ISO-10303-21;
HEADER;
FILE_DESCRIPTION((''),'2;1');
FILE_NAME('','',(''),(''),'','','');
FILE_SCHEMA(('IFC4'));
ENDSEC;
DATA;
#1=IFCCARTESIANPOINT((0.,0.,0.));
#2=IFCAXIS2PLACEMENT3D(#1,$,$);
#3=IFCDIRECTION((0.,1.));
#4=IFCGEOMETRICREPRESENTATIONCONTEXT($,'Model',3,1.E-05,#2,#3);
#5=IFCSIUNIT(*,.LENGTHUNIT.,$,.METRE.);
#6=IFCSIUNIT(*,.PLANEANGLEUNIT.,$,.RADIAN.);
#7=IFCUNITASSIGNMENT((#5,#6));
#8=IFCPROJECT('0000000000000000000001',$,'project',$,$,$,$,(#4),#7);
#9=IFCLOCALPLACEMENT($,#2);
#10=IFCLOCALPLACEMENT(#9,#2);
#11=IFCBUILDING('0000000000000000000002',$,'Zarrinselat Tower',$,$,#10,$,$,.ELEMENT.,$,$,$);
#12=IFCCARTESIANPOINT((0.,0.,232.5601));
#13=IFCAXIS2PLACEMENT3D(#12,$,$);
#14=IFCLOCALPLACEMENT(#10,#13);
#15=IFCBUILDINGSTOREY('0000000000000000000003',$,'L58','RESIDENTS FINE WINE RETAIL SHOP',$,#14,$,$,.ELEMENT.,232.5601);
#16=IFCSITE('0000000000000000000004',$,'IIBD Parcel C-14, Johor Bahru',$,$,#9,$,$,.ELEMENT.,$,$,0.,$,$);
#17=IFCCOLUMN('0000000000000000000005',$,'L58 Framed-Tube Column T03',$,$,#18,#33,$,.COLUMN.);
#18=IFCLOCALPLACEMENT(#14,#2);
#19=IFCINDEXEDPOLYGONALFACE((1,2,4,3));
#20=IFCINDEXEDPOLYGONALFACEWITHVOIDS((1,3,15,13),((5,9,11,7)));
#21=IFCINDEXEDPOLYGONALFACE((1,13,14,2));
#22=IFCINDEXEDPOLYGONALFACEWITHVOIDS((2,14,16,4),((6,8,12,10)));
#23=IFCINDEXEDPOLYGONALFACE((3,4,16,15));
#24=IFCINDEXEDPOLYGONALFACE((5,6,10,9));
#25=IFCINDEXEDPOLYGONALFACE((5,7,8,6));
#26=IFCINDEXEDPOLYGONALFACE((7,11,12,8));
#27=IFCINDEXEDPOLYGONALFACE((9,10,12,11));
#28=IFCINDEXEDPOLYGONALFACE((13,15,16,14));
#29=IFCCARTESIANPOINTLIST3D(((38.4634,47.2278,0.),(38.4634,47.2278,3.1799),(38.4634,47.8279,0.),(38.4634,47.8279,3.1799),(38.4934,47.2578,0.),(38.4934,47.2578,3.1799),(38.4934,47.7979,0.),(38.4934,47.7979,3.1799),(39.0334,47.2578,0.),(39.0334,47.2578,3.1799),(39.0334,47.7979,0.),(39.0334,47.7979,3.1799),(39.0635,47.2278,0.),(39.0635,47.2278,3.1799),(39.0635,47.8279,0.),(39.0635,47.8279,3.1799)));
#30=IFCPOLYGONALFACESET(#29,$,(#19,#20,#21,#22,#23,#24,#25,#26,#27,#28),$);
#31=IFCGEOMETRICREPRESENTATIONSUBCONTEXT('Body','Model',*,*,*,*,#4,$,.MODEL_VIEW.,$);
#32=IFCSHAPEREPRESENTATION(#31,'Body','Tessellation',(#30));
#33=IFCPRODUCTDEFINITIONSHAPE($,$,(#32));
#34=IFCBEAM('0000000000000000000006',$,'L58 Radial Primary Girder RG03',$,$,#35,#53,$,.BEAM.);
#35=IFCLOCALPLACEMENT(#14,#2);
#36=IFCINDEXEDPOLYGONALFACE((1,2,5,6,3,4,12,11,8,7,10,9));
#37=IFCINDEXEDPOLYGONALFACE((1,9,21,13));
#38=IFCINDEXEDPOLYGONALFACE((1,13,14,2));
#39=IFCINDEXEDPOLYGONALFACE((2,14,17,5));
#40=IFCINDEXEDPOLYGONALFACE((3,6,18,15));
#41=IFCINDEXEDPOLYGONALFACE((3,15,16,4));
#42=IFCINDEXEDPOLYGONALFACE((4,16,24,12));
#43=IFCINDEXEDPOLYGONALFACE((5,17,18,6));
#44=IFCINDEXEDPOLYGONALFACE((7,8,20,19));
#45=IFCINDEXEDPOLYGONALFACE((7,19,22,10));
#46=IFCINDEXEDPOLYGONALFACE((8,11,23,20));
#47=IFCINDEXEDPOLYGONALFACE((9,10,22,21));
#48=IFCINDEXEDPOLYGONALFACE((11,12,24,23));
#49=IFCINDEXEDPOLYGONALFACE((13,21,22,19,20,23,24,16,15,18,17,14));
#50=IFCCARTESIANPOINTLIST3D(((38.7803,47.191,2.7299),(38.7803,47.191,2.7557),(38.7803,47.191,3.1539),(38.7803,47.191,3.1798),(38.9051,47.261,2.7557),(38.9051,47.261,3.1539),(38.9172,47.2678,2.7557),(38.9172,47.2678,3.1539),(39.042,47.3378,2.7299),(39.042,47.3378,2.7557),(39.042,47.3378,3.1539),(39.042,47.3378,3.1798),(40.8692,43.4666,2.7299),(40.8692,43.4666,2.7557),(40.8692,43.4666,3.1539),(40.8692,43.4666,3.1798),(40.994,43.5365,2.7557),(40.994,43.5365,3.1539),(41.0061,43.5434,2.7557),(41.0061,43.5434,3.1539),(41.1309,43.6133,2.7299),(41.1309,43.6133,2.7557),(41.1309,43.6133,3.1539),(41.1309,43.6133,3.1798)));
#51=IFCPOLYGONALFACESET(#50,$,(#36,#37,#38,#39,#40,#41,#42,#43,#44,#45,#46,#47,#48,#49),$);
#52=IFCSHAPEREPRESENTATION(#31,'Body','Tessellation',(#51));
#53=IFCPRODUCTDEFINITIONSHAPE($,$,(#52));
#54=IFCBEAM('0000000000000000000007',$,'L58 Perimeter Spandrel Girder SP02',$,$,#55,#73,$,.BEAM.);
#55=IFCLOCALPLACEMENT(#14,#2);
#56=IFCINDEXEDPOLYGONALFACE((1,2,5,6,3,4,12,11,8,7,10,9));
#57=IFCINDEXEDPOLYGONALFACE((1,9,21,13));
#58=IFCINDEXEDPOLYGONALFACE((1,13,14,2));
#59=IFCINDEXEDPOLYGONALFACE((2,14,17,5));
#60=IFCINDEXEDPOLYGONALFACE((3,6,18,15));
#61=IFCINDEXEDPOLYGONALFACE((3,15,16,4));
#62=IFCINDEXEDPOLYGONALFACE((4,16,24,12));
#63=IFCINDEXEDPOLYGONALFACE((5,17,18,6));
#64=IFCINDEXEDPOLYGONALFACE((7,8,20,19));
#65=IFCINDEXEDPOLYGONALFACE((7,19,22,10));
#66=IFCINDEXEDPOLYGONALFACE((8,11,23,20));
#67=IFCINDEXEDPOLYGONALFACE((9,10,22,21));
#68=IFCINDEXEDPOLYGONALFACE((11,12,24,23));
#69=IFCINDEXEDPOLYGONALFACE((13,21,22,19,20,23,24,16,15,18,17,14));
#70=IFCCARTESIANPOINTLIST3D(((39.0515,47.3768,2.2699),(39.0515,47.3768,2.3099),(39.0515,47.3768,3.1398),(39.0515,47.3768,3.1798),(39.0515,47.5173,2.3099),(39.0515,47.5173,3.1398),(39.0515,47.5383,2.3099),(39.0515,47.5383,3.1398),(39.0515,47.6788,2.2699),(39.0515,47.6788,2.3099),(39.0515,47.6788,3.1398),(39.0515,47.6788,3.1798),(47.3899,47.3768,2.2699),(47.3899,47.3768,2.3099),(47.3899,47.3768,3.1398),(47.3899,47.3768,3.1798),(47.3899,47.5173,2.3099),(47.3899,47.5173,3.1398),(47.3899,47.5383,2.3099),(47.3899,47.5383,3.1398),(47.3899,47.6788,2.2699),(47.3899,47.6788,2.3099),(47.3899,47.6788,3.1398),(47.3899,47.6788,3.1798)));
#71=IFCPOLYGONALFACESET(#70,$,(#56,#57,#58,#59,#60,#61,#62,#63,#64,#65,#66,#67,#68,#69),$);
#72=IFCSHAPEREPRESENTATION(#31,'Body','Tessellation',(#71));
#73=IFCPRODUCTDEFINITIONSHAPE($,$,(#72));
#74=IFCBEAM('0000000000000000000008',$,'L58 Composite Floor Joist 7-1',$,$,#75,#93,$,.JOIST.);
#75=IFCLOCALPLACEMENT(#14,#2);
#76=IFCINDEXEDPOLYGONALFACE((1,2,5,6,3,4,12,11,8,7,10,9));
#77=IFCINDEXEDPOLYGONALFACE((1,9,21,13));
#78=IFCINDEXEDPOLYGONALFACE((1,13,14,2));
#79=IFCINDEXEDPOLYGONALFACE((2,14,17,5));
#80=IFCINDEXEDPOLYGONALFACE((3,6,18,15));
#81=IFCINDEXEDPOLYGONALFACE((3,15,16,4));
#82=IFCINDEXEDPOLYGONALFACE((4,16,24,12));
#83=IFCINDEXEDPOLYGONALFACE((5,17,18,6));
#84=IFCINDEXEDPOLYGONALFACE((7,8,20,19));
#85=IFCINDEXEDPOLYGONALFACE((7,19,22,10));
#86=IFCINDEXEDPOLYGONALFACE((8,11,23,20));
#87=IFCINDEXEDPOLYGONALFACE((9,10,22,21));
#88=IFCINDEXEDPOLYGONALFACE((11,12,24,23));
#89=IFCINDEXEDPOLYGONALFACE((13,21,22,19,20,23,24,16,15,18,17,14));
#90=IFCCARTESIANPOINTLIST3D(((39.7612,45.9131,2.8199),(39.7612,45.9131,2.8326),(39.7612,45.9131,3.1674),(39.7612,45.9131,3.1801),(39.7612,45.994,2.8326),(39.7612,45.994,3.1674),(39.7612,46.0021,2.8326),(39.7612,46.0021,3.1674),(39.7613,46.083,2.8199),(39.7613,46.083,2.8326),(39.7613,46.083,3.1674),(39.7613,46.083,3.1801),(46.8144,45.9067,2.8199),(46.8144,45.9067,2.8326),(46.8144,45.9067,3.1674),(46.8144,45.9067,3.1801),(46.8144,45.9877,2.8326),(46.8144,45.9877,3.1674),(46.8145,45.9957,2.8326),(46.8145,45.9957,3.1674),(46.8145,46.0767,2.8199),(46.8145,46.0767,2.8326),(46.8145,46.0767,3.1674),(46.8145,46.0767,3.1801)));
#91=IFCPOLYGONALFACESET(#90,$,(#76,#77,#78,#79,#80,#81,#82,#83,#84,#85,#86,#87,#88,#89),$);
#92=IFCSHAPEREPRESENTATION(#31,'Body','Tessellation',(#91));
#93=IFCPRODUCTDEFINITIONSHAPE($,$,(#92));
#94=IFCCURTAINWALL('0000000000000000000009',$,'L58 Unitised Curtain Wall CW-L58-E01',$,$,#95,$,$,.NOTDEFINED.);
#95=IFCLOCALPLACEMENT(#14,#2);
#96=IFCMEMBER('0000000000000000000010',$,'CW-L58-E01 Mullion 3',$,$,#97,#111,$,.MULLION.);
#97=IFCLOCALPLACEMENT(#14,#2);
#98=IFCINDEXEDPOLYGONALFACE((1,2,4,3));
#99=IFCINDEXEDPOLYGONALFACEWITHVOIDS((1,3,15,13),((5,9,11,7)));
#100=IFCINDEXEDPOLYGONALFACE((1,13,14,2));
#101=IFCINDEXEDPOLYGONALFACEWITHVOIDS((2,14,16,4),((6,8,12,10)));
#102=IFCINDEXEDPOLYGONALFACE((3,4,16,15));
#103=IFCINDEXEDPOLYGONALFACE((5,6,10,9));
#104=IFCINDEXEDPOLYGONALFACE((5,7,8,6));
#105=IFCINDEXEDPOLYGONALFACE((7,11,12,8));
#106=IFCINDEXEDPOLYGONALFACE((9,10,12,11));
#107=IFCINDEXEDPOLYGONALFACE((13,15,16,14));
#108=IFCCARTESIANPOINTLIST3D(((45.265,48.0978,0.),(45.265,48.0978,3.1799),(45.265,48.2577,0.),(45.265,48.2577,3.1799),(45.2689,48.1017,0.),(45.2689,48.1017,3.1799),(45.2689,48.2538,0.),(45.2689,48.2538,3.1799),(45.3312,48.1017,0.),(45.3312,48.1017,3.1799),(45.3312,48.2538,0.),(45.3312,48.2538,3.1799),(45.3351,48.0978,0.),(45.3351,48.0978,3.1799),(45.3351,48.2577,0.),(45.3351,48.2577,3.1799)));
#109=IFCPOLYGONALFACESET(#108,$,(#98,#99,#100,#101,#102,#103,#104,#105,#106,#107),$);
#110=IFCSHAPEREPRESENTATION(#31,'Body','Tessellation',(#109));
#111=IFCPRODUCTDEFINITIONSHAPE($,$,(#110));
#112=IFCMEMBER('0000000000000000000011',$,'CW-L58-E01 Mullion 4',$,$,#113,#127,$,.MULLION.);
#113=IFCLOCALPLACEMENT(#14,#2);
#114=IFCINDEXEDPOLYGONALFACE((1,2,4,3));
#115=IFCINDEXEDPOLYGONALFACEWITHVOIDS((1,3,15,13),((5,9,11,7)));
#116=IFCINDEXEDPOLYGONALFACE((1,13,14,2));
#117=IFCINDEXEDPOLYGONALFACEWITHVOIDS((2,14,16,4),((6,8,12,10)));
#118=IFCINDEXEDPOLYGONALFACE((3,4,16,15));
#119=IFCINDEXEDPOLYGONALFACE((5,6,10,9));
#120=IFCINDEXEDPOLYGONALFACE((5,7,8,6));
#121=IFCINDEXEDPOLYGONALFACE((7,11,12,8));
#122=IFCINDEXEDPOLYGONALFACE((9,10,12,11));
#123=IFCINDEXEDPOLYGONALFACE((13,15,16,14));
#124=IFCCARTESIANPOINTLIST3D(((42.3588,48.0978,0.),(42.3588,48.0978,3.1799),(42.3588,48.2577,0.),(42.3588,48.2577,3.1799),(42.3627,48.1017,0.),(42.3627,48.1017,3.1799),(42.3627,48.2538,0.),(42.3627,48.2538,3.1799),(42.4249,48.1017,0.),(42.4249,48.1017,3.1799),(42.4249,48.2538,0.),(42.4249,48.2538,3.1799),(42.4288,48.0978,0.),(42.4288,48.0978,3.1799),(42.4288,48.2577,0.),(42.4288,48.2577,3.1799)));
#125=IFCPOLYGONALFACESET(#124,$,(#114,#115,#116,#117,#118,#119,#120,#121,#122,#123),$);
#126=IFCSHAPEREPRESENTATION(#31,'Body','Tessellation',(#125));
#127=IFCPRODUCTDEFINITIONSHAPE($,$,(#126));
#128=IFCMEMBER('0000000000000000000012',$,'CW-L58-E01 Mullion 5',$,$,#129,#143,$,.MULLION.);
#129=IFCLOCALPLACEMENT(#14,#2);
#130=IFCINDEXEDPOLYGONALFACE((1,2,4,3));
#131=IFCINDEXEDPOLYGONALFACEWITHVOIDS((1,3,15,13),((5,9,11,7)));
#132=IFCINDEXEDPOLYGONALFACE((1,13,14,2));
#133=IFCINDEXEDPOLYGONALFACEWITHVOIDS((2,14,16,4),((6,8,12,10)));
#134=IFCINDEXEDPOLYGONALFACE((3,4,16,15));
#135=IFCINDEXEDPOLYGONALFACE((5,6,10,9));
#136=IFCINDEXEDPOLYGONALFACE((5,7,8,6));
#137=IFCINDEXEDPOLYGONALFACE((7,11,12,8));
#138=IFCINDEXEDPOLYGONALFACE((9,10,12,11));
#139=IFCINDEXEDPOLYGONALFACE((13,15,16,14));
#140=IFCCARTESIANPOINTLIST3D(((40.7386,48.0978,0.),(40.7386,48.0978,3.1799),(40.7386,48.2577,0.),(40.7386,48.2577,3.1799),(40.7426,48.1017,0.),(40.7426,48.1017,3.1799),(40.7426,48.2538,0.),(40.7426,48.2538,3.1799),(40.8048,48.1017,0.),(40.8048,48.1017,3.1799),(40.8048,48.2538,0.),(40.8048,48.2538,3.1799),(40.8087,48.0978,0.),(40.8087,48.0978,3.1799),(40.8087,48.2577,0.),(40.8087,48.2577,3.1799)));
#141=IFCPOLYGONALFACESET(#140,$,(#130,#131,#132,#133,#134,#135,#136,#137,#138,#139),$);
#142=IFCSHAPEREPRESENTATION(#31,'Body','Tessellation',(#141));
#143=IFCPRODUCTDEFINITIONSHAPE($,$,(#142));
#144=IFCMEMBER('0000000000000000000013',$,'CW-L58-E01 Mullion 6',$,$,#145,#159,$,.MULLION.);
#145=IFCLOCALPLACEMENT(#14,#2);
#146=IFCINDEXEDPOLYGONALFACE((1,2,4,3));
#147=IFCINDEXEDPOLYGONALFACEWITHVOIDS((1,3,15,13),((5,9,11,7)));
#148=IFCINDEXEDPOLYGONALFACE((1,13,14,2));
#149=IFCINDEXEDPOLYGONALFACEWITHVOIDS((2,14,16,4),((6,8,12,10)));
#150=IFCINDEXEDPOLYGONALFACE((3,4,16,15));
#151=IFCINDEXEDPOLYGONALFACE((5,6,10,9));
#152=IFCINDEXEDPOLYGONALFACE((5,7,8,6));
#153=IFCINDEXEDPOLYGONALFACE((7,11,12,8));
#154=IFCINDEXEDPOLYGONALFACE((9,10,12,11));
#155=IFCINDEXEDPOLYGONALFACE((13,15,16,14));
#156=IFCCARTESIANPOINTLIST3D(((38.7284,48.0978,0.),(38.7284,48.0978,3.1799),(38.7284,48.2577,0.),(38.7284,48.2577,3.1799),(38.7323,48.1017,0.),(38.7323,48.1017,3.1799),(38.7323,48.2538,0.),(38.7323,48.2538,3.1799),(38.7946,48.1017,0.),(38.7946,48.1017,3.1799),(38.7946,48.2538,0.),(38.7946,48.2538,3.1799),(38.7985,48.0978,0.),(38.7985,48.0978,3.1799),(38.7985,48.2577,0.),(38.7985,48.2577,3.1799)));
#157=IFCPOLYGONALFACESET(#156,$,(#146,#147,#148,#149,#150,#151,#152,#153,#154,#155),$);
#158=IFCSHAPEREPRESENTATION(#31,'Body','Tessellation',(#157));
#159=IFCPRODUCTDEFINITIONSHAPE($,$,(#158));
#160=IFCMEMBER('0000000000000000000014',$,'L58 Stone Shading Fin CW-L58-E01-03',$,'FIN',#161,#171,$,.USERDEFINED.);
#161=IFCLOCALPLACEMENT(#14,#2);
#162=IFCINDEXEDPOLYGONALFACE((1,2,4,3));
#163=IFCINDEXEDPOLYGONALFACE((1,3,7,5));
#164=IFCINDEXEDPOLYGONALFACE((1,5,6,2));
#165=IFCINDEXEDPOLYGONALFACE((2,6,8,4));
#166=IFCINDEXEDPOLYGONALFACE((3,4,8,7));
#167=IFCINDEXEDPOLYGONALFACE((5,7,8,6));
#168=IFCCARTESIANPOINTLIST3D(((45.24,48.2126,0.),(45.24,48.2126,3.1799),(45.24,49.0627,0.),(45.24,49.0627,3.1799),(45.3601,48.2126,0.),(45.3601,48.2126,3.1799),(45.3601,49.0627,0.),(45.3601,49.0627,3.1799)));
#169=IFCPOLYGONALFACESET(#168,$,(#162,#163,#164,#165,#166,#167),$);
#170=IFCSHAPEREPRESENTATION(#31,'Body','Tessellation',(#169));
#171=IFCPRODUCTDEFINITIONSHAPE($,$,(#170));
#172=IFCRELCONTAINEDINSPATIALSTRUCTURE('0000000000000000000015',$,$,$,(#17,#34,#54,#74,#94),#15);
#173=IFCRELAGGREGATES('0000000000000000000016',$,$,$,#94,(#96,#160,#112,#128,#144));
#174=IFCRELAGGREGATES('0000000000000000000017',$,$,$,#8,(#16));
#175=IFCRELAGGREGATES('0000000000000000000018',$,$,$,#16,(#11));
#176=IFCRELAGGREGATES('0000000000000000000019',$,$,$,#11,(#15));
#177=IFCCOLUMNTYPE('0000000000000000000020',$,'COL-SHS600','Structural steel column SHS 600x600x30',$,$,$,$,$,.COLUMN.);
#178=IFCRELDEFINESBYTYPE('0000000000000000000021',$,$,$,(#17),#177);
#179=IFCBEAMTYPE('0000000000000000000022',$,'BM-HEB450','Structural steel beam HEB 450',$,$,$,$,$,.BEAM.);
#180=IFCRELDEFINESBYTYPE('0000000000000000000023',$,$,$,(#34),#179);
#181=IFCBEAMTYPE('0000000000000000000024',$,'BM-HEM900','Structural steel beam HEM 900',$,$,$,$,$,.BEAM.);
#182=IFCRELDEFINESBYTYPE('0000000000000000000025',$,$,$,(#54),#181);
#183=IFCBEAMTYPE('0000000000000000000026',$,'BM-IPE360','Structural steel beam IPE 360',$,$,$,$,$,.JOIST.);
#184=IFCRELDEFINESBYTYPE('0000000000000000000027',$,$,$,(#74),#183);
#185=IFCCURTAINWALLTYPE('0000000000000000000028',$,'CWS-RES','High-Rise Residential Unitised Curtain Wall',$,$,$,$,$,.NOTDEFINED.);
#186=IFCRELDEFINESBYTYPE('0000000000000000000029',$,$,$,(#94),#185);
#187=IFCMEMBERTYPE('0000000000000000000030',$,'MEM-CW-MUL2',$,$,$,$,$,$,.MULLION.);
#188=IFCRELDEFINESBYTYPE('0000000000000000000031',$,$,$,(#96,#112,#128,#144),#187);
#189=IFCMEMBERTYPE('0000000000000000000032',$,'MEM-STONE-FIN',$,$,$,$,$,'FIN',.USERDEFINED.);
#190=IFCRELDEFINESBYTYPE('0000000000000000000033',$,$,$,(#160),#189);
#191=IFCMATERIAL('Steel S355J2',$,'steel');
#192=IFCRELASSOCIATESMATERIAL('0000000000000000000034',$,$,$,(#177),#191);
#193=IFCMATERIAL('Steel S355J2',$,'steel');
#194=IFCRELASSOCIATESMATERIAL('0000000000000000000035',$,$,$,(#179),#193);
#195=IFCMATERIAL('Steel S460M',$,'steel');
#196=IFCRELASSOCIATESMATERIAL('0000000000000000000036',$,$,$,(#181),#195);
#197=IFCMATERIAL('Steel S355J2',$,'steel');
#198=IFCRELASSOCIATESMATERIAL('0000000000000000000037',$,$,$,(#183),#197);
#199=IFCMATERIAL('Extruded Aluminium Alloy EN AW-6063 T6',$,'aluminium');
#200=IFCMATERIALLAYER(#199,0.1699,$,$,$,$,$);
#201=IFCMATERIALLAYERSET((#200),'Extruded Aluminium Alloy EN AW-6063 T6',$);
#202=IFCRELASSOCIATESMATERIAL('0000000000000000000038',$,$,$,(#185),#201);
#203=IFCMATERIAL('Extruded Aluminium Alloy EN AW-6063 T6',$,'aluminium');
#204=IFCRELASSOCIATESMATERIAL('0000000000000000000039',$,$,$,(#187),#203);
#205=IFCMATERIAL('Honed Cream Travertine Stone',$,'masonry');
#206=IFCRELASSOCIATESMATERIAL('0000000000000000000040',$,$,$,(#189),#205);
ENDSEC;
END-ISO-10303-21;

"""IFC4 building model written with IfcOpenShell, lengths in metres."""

from ifc_helpers import new_model, si_unit, direction, frame, origin, origin_2d, place, context, subcontext, project, spatial, rectangle, hollow_rectangle, i_section, extrude, material, layer, layer_set, material_profile, profile_set, type_object, element, aggregate, save


model = new_model("IFC4")

# Units and contexts
model_context = context("Model", 3, precision=1e-05, world=origin(), true_north=direction((0.0, 1.0)))
body_context = subcontext(model_context, "Body", "Model", "MODEL_VIEW")
ifc_project = project(units=[si_unit("LENGTHUNIT", "METRE"), si_unit("PLANEANGLEUNIT", "RADIAN")], contexts=[model_context])

# Site, building, storey
site_placement = place(None, origin())
site = spatial("IfcSite", under=ifc_project, at=site_placement, Name="IIBD Parcel C-14, Johor Bahru", CompositionType="ELEMENT", RefElevation=0.0)
building_placement = place(site_placement, origin())
building = spatial("IfcBuilding", under=site, at=building_placement, Name="Zarrinselat Tower", CompositionType="ELEMENT")
storey_placement = place(building_placement, frame((0.0, 0.0, 232.5601)))
storey = spatial("IfcBuildingStorey", under=building, at=storey_placement, Name="L58", Description="RESIDENTS FINE WINE RETAIL SHOP", CompositionType="ELEMENT", Elevation=232.5601)

# Column
ifc_material_1 = material(Name="Steel S355J2", Category="steel")
ifc_material_profile_1 = material_profile(ifc_material_1, hollow_rectangle(XDim=0.6001, YDim=0.6001, WallThickness=0.03, at=origin_2d()), Name="SHS 600x600x30")
ifc_profile_set_1 = profile_set([ifc_material_profile_1], Name="Steel S355J2")
column_type = type_object("IfcColumnType", Name="COL-SHS600", Description="Structural steel column SHS 600x600x30", PredefinedType="COLUMN", material=ifc_profile_set_1)
column_placement = place(storey_placement, frame((38.7634, 47.5278, 0.0), z_axis=(0.0, 0.0, 1.0), x_axis=(1.0, 0.0, 0.0)))
element("IfcColumn", 1, at=column_placement, inside=storey, type_object=column_type, Name="L58 Framed-Tube Column T03", PredefinedType="COLUMN", context=body_context, shape_type="SweptSolid", body=[
    extrude(hollow_rectangle(XDim=0.6001, YDim=0.6001, WallThickness=0.03, at=origin_2d()), origin(), (0.0, 0.0, 1.0), 3.1799),
])

# Beams
ifc_material_2 = material(Name="Steel S355J2", Category="steel")
ifc_material_profile_2 = material_profile(ifc_material_2, i_section(OverallWidth=0.3, OverallDepth=0.45, WebThickness=0.0139, FlangeThickness=0.0259, at=origin_2d()), Name="HEB 450")
ifc_profile_set_2 = profile_set([ifc_material_profile_2], Name="Steel S355J2")
beam_type_1 = type_object("IfcBeamType", Name="BM-HEB450", Description="Structural steel beam HEB 450", PredefinedType="BEAM", material=ifc_profile_set_2)
beam_1_placement = place(storey_placement, frame((38.9111, 47.2644, 2.9548), z_axis=(0.489178, -0.872184, 0.0), x_axis=(0.872184, 0.489178, 0.0)))
element("IfcBeam", 2, at=beam_1_placement, inside=storey, type_object=beam_type_1, Name="L58 Radial Primary Girder RG03", PredefinedType="BEAM", context=body_context, shape_type="SweptSolid", body=[
    extrude(i_section(OverallWidth=0.3, OverallDepth=0.45, WebThickness=0.0139, FlangeThickness=0.0259, at=origin_2d()), origin(), (0.0, 0.0, 1.0), 4.2703),
])
ifc_material_3 = material(Name="Steel S460M", Category="steel")
ifc_material_profile_3 = material_profile(ifc_material_3, i_section(OverallWidth=0.302, OverallDepth=0.9099, WebThickness=0.021, FlangeThickness=0.04, at=origin_2d()), Name="HEM 900")
ifc_profile_set_3 = profile_set([ifc_material_profile_3], Name="Steel S460M")
beam_type_2 = type_object("IfcBeamType", Name="BM-HEM900", Description="Structural steel beam HEM 900", PredefinedType="BEAM", material=ifc_profile_set_3)
beam_2_placement = place(storey_placement, frame((39.0515, 47.5278, 2.7249), z_axis=(1.0, 0.0, 0.0), x_axis=(0.0, 1.0, 0.0)))
element("IfcBeam", 3, at=beam_2_placement, inside=storey, type_object=beam_type_2, Name="L58 Perimeter Spandrel Girder SP02", PredefinedType="BEAM", context=body_context, shape_type="SweptSolid", body=[
    extrude(i_section(OverallWidth=0.302, OverallDepth=0.9099, WebThickness=0.021, FlangeThickness=0.04, at=origin_2d()), origin(), (0.0, 0.0, 1.0), 8.3384),
])
ifc_material_4 = material(Name="Steel S355J2", Category="steel")
ifc_material_profile_4 = material_profile(ifc_material_4, i_section(OverallWidth=0.1699, OverallDepth=0.3601, WebThickness=0.0081, FlangeThickness=0.0127, at=origin_2d()), Name="IPE 360")
ifc_profile_set_4 = profile_set([ifc_material_profile_4], Name="Steel S355J2")
beam_type_3 = type_object("IfcBeamType", Name="BM-IPE360", Description="Structural steel beam IPE 360", PredefinedType="JOIST", material=ifc_profile_set_4)
beam_3_placement = place(storey_placement, frame((39.7612, 45.998, 3.0), z_axis=(1.0, -0.0009, 0.0), x_axis=(0.0009, 1.0, 0.0)))
element("IfcBeam", 4, at=beam_3_placement, inside=storey, type_object=beam_type_3, Name="L58 Composite Floor Joist 7-1", PredefinedType="JOIST", context=body_context, shape_type="SweptSolid", body=[
    extrude(i_section(OverallWidth=0.1699, OverallDepth=0.3601, WebThickness=0.0081, FlangeThickness=0.0127, at=origin_2d()), origin(), (0.0, 0.0, 1.0), 7.0532),
])

# Curtain wall, members
ifc_material_5 = material(Name="Extruded Aluminium Alloy EN AW-6063 T6", Category="aluminium")
ifc_layer_1 = layer(ifc_material_5, 0.1699)
ifc_layer_set_1 = layer_set([ifc_layer_1], Name="Extruded Aluminium Alloy EN AW-6063 T6")
curtain_wall_type = type_object("IfcCurtainWallType", Name="CWS-RES", Description="High-Rise Residential Unitised Curtain Wall", PredefinedType="NOTDEFINED", material=ifc_layer_set_1)
curtain_wall_placement = place(storey_placement, origin())
curtain_wall = element("IfcCurtainWall", 5, at=curtain_wall_placement, inside=storey, type_object=curtain_wall_type, Name="L58 Unitised Curtain Wall CW-L58-E01", PredefinedType="NOTDEFINED")
ifc_material_6 = material(Name="Extruded Aluminium Alloy EN AW-6063 T6", Category="aluminium")
ifc_material_profile_5 = material_profile(ifc_material_6, hollow_rectangle(XDim=0.0701, YDim=0.1599, WallThickness=0.0039, at=origin_2d()), Name="RHS 160x70x4")
ifc_profile_set_5 = profile_set([ifc_material_profile_5], Name="Extruded Aluminium Alloy EN AW-6063 T6")
member_type_1 = type_object("IfcMemberType", Name="MEM-CW-MUL2", PredefinedType="MULLION", material=ifc_profile_set_5)
member_1_placement = place(storey_placement, frame((45.3, 48.1777, 0.0), z_axis=(0.0, 0.0, 1.0), x_axis=(-1.0, 0.0, 0.0)))
member_1 = element("IfcMember", 6, at=member_1_placement, type_object=member_type_1, Name="CW-L58-E01 Mullion 3", PredefinedType="MULLION", context=body_context, shape_type="SweptSolid", body=[
    extrude(hollow_rectangle(XDim=0.0701, YDim=0.1599, WallThickness=0.0039, at=origin_2d()), origin(), (0.0, 0.0, 1.0), 3.1799),
])
member_2_placement = place(storey_placement, frame((42.3938, 48.1777, 0.0), z_axis=(0.0, 0.0, 1.0), x_axis=(-1.0, 0.0, 0.0)))
member_2 = element("IfcMember", 7, at=member_2_placement, type_object=member_type_1, Name="CW-L58-E01 Mullion 4", PredefinedType="MULLION", context=body_context, shape_type="SweptSolid", body=[
    extrude(hollow_rectangle(XDim=0.0701, YDim=0.1599, WallThickness=0.0039, at=origin_2d()), origin(), (0.0, 0.0, 1.0), 3.1799),
])
member_3_placement = place(storey_placement, frame((40.7737, 48.1777, 0.0), z_axis=(0.0, 0.0, 1.0), x_axis=(-1.0, 0.0, 0.0)))
member_3 = element("IfcMember", 8, at=member_3_placement, type_object=member_type_1, Name="CW-L58-E01 Mullion 5", PredefinedType="MULLION", context=body_context, shape_type="SweptSolid", body=[
    extrude(hollow_rectangle(XDim=0.0701, YDim=0.1599, WallThickness=0.0039, at=origin_2d()), origin(), (0.0, 0.0, 1.0), 3.1799),
])
member_4_placement = place(storey_placement, frame((38.7634, 48.1777, 0.0), z_axis=(0.0, 0.0, 1.0), x_axis=(-1.0, 0.0, 0.0)))
member_4 = element("IfcMember", 9, at=member_4_placement, type_object=member_type_1, Name="CW-L58-E01 Mullion 6", PredefinedType="MULLION", context=body_context, shape_type="SweptSolid", body=[
    extrude(hollow_rectangle(XDim=0.0701, YDim=0.1599, WallThickness=0.0039, at=origin_2d()), origin(), (0.0, 0.0, 1.0), 3.1799),
])
ifc_material_7 = material(Name="Honed Cream Travertine Stone", Category="masonry")
ifc_material_profile_6 = material_profile(ifc_material_7, rectangle(XDim=0.1201, YDim=0.8501, at=origin_2d()), Name="FIN 850x120")
ifc_profile_set_6 = profile_set([ifc_material_profile_6], Name="Honed Cream Travertine Stone")
member_type_2 = type_object("IfcMemberType", Name="MEM-STONE-FIN", ElementType="FIN", PredefinedType="USERDEFINED", material=ifc_profile_set_6)
member_5_placement = place(storey_placement, frame((45.3, 48.6377, 0.0), z_axis=(0.0, 0.0, 1.0), x_axis=(1.0, 0.0, 0.0)))
member_5 = element("IfcMember", 10, at=member_5_placement, type_object=member_type_2, Name="L58 Stone Shading Fin CW-L58-E01-03", ObjectType="FIN", PredefinedType="USERDEFINED", context=body_context, shape_type="SweptSolid", body=[
    extrude(rectangle(XDim=0.1201, YDim=0.8501, at=origin_2d()), origin(), (0.0, 0.0, 1.0), 3.1799),
])
aggregate(curtain_wall, [member_1, member_5, member_2, member_3, member_4])

save(model, "model.ifc")
